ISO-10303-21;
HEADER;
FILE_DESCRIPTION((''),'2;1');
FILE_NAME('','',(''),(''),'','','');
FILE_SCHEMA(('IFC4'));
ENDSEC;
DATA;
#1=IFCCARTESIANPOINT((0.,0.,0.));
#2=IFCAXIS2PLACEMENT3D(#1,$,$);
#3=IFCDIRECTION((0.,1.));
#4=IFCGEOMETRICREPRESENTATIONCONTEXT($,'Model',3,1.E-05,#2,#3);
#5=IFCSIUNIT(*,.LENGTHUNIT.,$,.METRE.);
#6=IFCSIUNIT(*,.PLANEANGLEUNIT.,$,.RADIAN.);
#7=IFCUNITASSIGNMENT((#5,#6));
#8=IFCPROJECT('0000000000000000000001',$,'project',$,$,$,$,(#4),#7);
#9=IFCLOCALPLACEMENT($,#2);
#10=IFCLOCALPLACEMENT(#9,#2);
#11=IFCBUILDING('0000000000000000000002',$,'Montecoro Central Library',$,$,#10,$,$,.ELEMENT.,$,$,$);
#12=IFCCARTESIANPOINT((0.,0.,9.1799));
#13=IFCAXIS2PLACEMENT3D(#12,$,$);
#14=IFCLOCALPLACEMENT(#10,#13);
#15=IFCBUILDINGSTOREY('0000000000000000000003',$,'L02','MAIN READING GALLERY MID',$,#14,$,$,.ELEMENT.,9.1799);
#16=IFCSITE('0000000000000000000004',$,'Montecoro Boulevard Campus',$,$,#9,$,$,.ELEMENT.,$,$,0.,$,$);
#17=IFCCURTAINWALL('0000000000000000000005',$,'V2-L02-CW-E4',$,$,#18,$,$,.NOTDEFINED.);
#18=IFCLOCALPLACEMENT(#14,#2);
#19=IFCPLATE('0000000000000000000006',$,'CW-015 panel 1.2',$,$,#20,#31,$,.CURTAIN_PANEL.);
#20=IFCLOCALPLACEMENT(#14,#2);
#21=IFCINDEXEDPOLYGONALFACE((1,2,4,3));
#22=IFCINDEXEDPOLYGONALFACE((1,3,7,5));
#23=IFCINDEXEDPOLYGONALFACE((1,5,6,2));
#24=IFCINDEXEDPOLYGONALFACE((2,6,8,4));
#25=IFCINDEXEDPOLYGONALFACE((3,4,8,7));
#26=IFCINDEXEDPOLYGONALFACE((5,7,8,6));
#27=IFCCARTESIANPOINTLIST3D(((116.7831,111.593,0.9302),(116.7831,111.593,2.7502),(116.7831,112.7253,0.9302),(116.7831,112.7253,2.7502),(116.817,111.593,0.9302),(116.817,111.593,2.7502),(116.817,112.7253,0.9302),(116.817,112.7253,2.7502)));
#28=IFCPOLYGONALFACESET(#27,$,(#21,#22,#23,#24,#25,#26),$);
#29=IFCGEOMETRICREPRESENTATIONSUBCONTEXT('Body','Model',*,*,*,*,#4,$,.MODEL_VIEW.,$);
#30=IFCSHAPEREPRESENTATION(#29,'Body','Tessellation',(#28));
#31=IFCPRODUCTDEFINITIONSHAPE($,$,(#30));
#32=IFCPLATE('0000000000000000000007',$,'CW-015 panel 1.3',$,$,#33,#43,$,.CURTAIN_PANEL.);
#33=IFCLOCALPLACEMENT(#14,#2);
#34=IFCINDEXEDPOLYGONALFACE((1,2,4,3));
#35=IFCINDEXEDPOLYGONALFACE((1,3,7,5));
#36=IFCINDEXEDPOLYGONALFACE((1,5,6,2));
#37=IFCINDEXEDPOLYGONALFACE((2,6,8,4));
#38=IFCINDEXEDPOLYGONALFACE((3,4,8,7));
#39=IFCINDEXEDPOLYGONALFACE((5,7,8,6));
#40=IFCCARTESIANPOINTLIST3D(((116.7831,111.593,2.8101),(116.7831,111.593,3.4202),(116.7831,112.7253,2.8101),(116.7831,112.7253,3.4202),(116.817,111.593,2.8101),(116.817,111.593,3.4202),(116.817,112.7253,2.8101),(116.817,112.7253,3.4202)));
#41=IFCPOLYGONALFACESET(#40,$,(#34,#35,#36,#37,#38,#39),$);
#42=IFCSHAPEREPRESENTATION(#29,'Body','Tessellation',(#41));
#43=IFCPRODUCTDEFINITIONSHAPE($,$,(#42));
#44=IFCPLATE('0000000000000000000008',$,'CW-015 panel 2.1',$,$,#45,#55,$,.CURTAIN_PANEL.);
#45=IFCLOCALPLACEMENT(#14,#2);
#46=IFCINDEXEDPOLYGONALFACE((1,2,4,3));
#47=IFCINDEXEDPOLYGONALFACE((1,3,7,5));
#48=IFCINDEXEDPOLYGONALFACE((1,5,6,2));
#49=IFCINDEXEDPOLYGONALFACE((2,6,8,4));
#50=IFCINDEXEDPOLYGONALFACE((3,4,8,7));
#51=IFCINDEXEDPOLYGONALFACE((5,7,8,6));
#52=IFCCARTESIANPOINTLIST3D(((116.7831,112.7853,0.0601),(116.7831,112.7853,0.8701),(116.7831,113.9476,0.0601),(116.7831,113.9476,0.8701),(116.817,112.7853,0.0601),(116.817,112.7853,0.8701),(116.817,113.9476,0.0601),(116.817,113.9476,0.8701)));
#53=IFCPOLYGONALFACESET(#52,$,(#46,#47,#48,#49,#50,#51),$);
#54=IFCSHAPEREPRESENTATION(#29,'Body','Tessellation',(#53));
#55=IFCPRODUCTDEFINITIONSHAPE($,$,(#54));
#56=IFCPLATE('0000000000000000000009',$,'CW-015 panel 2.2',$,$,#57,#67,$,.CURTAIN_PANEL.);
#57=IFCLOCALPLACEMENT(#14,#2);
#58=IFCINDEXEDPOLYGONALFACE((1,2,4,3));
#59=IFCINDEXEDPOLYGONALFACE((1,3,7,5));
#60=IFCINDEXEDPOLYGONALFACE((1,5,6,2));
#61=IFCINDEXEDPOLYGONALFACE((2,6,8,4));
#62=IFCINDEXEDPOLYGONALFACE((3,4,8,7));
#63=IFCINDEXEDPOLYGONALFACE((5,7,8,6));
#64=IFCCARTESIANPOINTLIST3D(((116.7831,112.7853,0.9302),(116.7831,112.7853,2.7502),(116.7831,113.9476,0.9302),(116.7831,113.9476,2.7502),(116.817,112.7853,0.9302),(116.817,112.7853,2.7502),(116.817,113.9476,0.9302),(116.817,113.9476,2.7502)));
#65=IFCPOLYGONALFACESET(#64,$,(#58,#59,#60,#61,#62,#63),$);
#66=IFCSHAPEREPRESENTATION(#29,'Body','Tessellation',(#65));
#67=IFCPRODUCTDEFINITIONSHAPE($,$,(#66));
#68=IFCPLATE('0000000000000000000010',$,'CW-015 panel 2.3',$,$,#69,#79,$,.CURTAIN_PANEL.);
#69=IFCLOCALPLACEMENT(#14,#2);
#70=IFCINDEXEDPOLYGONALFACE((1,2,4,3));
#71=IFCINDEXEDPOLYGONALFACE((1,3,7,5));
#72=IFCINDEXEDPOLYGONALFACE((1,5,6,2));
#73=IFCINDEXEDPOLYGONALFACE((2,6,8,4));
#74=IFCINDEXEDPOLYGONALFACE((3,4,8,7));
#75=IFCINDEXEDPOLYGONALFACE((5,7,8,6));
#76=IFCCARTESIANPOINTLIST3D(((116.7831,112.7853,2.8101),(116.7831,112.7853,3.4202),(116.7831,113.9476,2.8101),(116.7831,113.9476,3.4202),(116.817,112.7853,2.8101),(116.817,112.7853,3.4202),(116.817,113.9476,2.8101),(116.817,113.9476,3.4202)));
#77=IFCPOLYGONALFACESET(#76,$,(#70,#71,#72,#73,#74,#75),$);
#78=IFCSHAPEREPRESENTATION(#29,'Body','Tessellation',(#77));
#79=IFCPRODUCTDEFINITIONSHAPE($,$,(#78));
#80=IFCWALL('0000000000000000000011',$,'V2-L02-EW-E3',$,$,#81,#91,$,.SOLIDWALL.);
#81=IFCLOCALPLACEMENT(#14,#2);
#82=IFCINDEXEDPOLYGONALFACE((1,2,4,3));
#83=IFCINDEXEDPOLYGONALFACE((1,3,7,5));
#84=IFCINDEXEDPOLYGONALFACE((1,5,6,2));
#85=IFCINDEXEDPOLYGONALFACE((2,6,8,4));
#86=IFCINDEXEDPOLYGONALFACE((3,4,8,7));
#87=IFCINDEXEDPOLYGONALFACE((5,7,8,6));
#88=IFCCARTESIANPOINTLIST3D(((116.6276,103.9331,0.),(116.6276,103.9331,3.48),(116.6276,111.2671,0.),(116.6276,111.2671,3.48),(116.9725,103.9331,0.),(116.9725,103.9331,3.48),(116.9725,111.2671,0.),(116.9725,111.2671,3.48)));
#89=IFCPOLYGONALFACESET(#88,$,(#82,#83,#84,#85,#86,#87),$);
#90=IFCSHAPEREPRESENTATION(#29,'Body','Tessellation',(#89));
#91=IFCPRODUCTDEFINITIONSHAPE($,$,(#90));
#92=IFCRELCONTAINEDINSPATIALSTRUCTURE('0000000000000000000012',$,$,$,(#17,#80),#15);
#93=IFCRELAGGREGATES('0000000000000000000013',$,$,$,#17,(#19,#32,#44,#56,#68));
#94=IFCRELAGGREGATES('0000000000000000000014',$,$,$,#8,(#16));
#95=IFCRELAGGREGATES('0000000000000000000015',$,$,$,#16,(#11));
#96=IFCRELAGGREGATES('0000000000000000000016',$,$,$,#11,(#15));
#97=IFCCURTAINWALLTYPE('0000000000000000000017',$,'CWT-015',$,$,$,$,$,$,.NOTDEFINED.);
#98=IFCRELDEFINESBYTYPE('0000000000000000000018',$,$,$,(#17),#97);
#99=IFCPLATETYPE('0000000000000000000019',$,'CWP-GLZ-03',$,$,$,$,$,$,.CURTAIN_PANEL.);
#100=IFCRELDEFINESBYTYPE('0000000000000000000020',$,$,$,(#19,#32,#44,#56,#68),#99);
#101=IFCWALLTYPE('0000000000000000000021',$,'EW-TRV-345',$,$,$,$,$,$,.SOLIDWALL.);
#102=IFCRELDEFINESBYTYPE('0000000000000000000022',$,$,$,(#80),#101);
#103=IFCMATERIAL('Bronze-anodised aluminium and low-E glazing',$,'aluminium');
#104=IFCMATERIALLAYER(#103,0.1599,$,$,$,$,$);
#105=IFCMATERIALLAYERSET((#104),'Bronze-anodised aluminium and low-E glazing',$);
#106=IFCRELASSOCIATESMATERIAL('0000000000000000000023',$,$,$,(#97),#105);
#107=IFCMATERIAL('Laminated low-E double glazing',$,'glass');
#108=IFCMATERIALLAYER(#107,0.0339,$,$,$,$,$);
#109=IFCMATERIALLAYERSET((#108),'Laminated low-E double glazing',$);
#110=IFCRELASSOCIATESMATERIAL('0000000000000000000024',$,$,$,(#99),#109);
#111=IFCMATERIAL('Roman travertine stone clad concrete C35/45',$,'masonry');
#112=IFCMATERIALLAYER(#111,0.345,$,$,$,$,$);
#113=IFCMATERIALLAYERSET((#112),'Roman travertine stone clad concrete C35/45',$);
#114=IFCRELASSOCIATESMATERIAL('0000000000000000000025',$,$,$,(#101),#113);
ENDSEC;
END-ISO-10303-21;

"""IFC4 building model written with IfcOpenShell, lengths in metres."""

from ifc_helpers import new_model, si_unit, direction, frame, frame_2d, origin, origin_2d, place, context, subcontext, project, spatial, rectangle, extrude, material, layer, layer_set, type_object, element, aggregate, save


model = new_model("IFC4")

# Units and contexts
model_context = context("Model", 3, precision=1e-05, world=origin(), true_north=direction((0.0, 1.0)))
body_context = subcontext(model_context, "Body", "Model", "MODEL_VIEW")
ifc_project = project(units=[si_unit("LENGTHUNIT", "METRE"), si_unit("PLANEANGLEUNIT", "RADIAN")], contexts=[model_context])

# Site, building, storey
site_placement = place(None, origin())
site = spatial("IfcSite", under=ifc_project, at=site_placement, Name="Montecoro Boulevard Campus", CompositionType="ELEMENT", RefElevation=0.0)
building_placement = place(site_placement, origin())
building = spatial("IfcBuilding", under=site, at=building_placement, Name="Montecoro Central Library", CompositionType="ELEMENT")
storey_placement = place(building_placement, frame((0.0, 0.0, 9.1799)))
storey = spatial("IfcBuildingStorey", under=building, at=storey_placement, Name="L02", Description="MAIN READING GALLERY MID", CompositionType="ELEMENT", Elevation=9.1799)

# Shared definitions
ifc_material_1 = material(Name="Bronze-anodised aluminium and low-E glazing", Category="aluminium")
ifc_layer_1 = layer(ifc_material_1, 0.1599)
ifc_layer_set_1 = layer_set([ifc_layer_1], Name="Bronze-anodised aluminium and low-E glazing")
curtain_wall_type = type_object("IfcCurtainWallType", Name="CWT-015", PredefinedType="NOTDEFINED", material=ifc_layer_set_1)

# Curtain wall
curtain_wall_1_placement = place(storey_placement, origin())
curtain_wall_1 = element("IfcCurtainWall", 1, at=curtain_wall_1_placement, inside=storey, type_object=curtain_wall_type, Name="V2-L02-CW-E4", PredefinedType="NOTDEFINED")

# Plates
ifc_material_2 = material(Name="Laminated low-E double glazing", Category="glass")
ifc_layer_2 = layer(ifc_material_2, 0.0339)
ifc_layer_set_2 = layer_set([ifc_layer_2], Name="Laminated low-E double glazing")
plate_type_1 = type_object("IfcPlateType", Name="CWP-GLZ-03", PredefinedType="CURTAIN_PANEL", material=ifc_layer_set_2)
plate_1_placement = place(storey_placement, frame((116.8, 112.1592, 0.9302), z_axis=(0.0, 0.0, 1.0), x_axis=(0.0, 1.0, 0.0)))
plate_1 = element("IfcPlate", 2, at=plate_1_placement, type_object=plate_type_1, Name="CW-015 panel 1.2", PredefinedType="CURTAIN_PANEL", context=body_context, shape_type="SweptSolid", body=[
    extrude(rectangle(XDim=1.1323, YDim=0.0339, at=origin_2d()), origin(), (0.0, 0.0, 1.0), 1.8201),
])
plate_2_placement = place(storey_placement, frame((116.8, 112.1592, 2.8101), z_axis=(0.0, 0.0, 1.0), x_axis=(0.0, 1.0, 0.0)))
plate_2 = element("IfcPlate", 3, at=plate_2_placement, type_object=plate_type_1, Name="CW-015 panel 1.3", PredefinedType="CURTAIN_PANEL", context=body_context, shape_type="SweptSolid", body=[
    extrude(rectangle(XDim=1.1323, YDim=0.0339, at=origin_2d()), origin(), (0.0, 0.0, 1.0), 0.6101),
])
plate_3_placement = place(storey_placement, frame((116.8, 113.3665, 0.0601), z_axis=(0.0, 0.0, 1.0), x_axis=(0.0, 1.0, 0.0)))
plate_3 = element("IfcPlate", 4, at=plate_3_placement, type_object=plate_type_1, Name="CW-015 panel 2.1", PredefinedType="CURTAIN_PANEL", context=body_context, shape_type="SweptSolid", body=[
    extrude(rectangle(XDim=1.1624, YDim=0.0339, at=origin_2d()), origin(), (0.0, 0.0, 1.0), 0.8101),
])
plate_4_placement = place(storey_placement, frame((116.8, 113.3665, 0.9302), z_axis=(0.0, 0.0, 1.0), x_axis=(0.0, 1.0, 0.0)))
plate_4 = element("IfcPlate", 5, at=plate_4_placement, type_object=plate_type_1, Name="CW-015 panel 2.2", PredefinedType="CURTAIN_PANEL", context=body_context, shape_type="SweptSolid", body=[
    extrude(rectangle(XDim=1.1624, YDim=0.0339, at=origin_2d()), origin(), (0.0, 0.0, 1.0), 1.8201),
])
plate_5_placement = place(storey_placement, frame((116.8, 113.3665, 2.8101), z_axis=(0.0, 0.0, 1.0), x_axis=(0.0, 1.0, 0.0)))
plate_5 = element("IfcPlate", 6, at=plate_5_placement, type_object=plate_type_1, Name="CW-015 panel 2.3", PredefinedType="CURTAIN_PANEL", context=body_context, shape_type="SweptSolid", body=[
    extrude(rectangle(XDim=1.1624, YDim=0.0339, at=origin_2d()), origin(), (0.0, 0.0, 1.0), 0.6101),
])
aggregate(curtain_wall_1, [plate_1, plate_2, plate_3, plate_4, plate_5])

# Wall
ifc_material_3 = material(Name="Roman travertine stone clad concrete C35/45", Category="masonry")
ifc_layer_3 = layer(ifc_material_3, 0.345)
ifc_layer_set_3 = layer_set([ifc_layer_3], Name="Roman travertine stone clad concrete C35/45")
wall_type = type_object("IfcWallType", Name="EW-TRV-345", PredefinedType="SOLIDWALL", material=ifc_layer_set_3)
wall_placement = place(storey_placement, frame((116.8, 103.9331, 0.0), z_axis=(0.0, 0.0, 1.0), x_axis=(0.0, 1.0, 0.0)))
element("IfcWall", 7, at=wall_placement, inside=storey, type_object=wall_type, Name="V2-L02-EW-E3", PredefinedType="SOLIDWALL", context=body_context, shape_type="SweptSolid", body=[
    extrude(rectangle(XDim=7.334, YDim=0.345, at=frame_2d((3.667, 0.0))), origin(), (0.0, 0.0, 1.0), 3.48),
])

save(model, "model.ifc")
